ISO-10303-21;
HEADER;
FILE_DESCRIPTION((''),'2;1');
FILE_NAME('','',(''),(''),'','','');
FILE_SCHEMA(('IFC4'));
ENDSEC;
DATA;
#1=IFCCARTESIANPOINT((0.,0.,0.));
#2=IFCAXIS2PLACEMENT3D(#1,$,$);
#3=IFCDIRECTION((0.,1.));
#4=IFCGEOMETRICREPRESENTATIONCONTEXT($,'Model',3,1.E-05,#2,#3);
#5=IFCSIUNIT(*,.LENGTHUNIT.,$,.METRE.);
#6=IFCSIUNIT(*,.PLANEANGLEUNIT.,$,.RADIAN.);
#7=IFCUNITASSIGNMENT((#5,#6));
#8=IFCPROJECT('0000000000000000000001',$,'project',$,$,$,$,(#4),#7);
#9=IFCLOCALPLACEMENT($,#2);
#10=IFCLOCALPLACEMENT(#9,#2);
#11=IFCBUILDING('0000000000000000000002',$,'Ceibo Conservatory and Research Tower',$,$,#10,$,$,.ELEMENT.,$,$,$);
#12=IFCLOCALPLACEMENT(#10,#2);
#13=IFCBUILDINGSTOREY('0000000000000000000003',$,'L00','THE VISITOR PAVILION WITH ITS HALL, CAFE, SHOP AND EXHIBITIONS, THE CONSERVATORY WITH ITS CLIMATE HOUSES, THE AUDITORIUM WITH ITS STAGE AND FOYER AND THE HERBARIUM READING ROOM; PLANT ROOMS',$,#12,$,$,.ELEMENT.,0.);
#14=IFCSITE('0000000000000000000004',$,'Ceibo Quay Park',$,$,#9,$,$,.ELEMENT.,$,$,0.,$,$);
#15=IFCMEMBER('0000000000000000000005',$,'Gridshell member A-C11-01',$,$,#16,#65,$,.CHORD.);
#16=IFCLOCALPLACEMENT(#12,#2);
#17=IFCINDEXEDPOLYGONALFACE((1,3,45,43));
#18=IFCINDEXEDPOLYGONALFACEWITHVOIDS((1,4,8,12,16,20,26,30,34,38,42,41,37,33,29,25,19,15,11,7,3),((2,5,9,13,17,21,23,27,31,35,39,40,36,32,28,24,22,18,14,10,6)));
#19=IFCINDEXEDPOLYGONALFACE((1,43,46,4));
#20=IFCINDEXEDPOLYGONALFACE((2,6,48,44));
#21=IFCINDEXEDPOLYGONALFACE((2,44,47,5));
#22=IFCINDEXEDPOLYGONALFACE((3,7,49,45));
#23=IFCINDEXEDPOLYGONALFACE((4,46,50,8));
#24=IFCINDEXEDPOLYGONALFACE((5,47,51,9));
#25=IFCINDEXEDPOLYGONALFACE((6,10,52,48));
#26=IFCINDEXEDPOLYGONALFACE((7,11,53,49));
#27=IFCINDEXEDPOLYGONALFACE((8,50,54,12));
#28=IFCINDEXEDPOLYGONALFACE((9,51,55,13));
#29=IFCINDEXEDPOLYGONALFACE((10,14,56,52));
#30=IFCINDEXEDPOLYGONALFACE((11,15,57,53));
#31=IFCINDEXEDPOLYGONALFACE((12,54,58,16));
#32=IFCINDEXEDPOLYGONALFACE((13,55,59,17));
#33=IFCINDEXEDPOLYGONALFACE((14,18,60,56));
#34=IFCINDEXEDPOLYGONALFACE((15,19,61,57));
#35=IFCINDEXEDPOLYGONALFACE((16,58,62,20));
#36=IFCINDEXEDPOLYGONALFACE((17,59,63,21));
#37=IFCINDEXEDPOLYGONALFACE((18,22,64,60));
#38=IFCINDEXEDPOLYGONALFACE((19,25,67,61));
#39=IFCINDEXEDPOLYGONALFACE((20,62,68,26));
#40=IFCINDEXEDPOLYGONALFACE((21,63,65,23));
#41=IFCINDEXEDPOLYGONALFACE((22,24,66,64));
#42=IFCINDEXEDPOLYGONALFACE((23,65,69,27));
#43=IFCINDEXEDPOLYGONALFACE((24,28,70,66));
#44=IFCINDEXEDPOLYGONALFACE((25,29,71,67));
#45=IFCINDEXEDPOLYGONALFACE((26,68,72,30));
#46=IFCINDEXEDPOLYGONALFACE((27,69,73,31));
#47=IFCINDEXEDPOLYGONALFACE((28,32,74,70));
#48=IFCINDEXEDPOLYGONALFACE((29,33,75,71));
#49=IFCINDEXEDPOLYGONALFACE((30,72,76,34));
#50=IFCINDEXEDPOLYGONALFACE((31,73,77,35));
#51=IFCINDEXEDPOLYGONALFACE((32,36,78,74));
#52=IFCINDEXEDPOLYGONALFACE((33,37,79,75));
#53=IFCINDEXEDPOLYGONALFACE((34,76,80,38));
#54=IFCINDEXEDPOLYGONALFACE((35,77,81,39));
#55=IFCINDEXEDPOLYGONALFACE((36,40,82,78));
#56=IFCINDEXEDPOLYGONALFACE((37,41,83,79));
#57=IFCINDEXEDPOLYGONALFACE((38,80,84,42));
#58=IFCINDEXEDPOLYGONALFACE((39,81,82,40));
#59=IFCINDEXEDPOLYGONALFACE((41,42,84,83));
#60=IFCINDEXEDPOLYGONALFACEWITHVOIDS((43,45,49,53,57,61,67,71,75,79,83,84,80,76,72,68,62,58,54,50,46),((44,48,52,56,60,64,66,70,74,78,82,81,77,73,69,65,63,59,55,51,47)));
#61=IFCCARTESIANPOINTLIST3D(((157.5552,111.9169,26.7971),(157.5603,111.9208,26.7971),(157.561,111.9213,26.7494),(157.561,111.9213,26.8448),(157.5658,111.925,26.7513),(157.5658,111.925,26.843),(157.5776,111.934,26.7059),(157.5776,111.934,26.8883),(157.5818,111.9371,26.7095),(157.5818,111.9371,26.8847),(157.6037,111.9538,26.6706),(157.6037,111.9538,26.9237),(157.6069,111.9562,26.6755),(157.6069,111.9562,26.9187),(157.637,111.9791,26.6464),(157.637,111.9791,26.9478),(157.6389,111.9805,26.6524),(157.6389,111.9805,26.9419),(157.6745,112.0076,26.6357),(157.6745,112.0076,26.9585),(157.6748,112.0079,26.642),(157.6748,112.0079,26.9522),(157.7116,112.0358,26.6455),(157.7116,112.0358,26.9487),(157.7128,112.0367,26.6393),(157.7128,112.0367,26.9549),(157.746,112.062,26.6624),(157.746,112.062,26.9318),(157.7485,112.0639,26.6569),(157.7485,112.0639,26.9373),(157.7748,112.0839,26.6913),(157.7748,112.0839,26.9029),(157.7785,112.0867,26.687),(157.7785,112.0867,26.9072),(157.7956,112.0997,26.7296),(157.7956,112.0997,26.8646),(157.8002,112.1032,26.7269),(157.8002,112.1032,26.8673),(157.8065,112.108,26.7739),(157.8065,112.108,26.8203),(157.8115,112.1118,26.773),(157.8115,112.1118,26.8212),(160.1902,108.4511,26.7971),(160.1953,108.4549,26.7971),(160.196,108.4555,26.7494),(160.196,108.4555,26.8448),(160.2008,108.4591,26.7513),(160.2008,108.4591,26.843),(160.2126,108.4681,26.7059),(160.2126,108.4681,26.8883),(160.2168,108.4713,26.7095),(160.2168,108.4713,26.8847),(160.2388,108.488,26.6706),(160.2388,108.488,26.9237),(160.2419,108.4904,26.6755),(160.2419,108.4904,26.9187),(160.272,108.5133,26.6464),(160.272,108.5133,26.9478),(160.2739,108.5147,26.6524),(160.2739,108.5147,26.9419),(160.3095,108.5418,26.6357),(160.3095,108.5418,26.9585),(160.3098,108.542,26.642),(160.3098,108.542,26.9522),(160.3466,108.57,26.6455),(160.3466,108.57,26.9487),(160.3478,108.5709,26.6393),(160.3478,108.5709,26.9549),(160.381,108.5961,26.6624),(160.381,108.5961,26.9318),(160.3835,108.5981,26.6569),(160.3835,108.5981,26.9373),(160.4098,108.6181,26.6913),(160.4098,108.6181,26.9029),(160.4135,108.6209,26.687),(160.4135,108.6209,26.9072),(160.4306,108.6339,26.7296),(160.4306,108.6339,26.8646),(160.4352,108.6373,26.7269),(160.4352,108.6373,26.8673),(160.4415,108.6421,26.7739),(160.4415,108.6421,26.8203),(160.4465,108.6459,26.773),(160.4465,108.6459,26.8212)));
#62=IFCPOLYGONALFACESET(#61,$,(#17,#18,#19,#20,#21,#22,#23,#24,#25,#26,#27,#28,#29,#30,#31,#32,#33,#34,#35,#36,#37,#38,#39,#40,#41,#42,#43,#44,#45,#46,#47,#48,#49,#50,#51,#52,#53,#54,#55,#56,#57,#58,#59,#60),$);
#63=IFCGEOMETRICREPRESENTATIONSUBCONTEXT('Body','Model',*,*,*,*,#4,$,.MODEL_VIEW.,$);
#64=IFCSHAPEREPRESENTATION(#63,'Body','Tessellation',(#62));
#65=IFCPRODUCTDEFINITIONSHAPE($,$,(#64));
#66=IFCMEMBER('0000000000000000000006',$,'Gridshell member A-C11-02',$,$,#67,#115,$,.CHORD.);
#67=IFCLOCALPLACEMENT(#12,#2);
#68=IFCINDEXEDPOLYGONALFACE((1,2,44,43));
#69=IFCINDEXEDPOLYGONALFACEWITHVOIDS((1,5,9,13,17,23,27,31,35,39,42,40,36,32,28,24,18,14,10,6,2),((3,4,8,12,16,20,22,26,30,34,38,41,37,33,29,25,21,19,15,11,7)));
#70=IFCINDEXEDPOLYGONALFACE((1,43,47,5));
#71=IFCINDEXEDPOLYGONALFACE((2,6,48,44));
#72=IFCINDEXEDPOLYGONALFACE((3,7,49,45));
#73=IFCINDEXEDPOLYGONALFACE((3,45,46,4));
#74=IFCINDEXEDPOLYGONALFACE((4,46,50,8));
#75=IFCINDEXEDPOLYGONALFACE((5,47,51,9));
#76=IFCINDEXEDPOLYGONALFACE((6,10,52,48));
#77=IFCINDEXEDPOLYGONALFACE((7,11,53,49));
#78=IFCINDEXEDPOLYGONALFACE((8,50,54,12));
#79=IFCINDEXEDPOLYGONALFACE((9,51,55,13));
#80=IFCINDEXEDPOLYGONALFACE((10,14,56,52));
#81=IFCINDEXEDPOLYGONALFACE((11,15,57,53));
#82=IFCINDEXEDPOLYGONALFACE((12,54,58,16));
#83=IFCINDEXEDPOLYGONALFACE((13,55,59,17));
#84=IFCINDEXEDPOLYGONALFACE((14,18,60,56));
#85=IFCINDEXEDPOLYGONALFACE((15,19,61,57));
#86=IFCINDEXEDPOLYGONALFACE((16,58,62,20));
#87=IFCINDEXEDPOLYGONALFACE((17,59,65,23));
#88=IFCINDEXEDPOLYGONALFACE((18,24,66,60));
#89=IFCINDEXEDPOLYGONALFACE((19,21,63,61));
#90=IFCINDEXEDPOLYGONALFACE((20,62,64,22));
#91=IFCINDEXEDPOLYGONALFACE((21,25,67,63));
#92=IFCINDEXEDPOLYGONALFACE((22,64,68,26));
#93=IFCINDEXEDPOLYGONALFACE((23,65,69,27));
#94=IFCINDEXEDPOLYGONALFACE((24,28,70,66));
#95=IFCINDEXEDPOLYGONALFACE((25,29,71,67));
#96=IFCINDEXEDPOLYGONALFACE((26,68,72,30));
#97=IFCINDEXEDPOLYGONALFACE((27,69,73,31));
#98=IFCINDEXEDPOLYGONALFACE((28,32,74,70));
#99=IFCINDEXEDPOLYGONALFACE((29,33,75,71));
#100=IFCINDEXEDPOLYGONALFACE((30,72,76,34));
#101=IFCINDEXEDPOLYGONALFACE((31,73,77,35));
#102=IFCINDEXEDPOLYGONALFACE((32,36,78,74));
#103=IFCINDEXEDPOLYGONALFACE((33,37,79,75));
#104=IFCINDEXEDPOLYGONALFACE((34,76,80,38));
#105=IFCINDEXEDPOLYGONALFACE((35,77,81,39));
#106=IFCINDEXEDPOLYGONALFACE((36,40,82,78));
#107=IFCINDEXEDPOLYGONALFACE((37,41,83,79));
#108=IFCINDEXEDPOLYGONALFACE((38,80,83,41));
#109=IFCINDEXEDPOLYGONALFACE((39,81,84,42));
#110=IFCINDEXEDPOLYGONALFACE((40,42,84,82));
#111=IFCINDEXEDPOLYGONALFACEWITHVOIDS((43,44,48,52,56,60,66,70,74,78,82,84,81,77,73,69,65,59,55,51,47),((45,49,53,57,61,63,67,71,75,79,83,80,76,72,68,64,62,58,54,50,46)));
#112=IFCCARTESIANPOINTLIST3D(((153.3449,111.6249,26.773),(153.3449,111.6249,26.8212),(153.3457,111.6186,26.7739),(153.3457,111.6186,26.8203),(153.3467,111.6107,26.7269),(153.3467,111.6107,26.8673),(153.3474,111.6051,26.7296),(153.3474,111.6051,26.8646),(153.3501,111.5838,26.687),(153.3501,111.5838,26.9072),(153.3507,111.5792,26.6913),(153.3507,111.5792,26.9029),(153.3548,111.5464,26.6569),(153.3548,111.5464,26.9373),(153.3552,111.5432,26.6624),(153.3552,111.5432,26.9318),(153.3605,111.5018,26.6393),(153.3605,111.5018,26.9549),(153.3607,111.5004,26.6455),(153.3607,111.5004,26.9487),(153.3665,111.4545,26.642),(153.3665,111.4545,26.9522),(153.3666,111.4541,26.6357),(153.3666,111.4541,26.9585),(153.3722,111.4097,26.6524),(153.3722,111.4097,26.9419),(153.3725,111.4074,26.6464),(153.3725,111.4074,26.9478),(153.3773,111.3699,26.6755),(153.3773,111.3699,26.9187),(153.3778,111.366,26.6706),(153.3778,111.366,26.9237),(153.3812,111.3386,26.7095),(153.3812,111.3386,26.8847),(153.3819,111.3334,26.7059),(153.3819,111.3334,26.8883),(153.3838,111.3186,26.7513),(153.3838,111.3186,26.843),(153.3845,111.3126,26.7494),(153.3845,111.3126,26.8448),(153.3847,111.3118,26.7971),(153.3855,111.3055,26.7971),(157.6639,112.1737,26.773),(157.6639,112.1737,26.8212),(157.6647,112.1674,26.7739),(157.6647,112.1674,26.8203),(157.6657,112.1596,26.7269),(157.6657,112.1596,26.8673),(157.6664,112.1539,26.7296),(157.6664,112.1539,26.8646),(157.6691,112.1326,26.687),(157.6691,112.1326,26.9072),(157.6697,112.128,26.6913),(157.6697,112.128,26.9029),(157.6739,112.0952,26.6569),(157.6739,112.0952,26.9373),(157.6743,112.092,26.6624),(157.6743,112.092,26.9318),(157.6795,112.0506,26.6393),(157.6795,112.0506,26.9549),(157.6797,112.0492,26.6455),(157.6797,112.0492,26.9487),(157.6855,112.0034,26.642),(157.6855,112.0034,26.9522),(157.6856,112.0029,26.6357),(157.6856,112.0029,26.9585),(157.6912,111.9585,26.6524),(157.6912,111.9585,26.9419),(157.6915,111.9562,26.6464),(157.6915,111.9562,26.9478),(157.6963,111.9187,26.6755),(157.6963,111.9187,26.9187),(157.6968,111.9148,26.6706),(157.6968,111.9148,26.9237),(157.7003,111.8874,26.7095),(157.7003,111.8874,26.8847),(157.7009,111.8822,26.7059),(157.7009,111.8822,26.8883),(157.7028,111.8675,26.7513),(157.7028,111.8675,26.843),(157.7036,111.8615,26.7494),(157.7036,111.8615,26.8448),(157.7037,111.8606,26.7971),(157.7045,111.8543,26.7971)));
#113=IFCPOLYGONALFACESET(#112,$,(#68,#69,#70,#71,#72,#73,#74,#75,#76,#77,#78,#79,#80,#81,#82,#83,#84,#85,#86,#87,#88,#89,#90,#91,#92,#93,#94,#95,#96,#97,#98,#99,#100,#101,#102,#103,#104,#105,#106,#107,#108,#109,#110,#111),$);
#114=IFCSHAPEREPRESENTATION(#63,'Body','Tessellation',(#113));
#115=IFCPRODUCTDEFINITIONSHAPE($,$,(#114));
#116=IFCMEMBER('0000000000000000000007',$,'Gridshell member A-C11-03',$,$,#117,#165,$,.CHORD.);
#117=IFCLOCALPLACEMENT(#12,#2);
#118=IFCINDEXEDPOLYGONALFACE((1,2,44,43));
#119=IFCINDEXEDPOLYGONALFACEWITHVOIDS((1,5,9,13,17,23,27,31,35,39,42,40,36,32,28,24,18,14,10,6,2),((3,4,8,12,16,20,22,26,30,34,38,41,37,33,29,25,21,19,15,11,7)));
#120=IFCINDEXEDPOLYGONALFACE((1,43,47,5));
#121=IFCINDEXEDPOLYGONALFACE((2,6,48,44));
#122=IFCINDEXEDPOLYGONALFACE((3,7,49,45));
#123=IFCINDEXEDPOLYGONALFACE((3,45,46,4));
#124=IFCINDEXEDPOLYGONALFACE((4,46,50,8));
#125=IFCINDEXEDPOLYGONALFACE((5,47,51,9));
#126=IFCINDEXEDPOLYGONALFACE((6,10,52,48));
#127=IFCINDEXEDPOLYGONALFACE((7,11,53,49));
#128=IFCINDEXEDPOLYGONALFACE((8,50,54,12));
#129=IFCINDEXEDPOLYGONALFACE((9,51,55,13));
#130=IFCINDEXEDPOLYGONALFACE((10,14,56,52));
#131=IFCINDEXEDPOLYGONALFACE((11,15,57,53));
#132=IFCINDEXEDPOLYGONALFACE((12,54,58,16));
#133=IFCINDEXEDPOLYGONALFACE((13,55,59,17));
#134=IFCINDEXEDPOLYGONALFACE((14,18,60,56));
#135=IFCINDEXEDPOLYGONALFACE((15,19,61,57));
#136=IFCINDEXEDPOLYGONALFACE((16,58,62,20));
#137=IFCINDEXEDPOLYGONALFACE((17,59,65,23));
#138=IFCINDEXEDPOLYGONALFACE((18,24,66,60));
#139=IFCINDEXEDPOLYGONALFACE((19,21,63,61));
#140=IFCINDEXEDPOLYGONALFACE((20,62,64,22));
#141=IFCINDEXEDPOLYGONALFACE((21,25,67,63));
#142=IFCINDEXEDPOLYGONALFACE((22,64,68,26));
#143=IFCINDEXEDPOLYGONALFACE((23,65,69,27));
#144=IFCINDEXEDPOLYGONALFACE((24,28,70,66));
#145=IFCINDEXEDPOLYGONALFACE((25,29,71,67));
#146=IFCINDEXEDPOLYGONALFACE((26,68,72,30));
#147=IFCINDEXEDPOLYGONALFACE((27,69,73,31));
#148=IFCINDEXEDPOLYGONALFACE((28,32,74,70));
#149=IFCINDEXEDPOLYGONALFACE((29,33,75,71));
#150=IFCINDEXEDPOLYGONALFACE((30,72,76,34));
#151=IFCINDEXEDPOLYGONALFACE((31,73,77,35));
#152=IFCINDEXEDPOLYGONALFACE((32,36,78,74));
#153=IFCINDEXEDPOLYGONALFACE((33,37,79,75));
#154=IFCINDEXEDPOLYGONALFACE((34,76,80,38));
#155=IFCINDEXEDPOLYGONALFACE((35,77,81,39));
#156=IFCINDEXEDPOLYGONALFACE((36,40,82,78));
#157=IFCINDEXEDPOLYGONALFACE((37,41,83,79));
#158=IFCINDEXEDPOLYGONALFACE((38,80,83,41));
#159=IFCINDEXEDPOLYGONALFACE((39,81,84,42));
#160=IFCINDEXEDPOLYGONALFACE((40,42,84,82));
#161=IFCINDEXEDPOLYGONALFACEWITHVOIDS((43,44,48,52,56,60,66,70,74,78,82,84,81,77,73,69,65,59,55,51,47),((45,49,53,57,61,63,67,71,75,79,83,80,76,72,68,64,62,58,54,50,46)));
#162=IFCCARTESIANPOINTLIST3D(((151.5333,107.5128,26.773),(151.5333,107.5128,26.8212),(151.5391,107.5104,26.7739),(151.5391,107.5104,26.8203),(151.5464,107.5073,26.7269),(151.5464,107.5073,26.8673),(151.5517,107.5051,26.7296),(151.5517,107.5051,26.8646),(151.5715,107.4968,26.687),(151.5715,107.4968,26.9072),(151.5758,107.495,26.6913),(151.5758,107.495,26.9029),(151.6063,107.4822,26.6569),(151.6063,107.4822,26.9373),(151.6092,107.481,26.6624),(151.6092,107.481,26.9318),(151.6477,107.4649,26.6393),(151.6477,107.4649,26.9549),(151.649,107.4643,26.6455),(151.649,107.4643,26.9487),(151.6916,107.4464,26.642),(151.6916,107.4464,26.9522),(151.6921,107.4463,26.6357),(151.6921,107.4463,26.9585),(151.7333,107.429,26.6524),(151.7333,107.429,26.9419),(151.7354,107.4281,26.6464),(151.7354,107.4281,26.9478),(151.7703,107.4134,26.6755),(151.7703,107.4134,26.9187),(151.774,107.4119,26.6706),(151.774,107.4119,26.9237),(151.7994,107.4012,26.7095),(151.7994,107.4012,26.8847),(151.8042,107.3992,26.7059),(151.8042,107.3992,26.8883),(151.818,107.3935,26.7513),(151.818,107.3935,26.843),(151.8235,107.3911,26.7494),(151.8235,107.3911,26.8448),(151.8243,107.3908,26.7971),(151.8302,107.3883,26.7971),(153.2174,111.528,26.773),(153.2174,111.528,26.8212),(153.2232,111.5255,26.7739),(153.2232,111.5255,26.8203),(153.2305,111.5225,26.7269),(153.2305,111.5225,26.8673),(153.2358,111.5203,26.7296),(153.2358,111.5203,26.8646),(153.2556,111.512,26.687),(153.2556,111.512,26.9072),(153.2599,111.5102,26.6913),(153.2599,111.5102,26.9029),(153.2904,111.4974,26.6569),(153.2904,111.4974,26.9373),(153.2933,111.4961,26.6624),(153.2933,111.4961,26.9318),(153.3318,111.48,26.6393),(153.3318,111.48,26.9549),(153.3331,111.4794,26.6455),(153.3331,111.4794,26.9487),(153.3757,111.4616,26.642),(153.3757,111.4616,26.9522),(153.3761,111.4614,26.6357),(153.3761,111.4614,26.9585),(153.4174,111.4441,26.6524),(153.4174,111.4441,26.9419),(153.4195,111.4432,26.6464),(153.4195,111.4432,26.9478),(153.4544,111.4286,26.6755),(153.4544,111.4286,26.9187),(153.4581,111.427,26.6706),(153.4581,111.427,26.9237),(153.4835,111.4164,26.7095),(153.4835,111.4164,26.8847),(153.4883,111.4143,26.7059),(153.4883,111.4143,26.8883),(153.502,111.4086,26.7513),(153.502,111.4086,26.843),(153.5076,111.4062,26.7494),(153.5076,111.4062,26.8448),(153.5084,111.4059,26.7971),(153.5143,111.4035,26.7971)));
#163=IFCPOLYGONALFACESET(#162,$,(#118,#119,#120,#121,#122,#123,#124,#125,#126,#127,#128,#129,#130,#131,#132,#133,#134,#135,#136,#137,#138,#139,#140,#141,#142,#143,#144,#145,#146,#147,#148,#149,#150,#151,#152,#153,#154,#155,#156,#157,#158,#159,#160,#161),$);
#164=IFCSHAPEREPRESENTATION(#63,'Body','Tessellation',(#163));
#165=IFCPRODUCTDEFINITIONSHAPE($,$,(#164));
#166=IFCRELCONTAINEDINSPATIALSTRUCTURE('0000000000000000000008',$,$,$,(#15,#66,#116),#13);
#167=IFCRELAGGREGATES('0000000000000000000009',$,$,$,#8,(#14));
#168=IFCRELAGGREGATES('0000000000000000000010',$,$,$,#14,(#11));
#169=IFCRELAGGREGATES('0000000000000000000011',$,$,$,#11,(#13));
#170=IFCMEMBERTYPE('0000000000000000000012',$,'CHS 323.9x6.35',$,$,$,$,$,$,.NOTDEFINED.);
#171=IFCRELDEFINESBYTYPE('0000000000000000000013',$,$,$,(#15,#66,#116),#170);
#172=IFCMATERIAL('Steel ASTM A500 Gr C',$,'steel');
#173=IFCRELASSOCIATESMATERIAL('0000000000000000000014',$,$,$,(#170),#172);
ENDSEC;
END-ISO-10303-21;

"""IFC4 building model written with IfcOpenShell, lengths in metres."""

from ifc_helpers import new_model, si_unit, direction, frame, origin, origin_2d, place, context, subcontext, project, spatial, hollow_circle, extrude, material, material_profile, profile_set, type_object, element, save


model = new_model("IFC4")

# Units and contexts
model_context = context("Model", 3, precision=1e-05, world=origin(), true_north=direction((0.0, 1.0)))
body_context = subcontext(model_context, "Body", "Model", "MODEL_VIEW")
ifc_project = project(units=[si_unit("LENGTHUNIT", "METRE"), si_unit("PLANEANGLEUNIT", "RADIAN")], contexts=[model_context])

# Site, building, storey
site_placement = place(None, origin())
site = spatial("IfcSite", under=ifc_project, at=site_placement, Name="Ceibo Quay Park", CompositionType="ELEMENT", RefElevation=0.0)
building_placement = place(site_placement, origin())
building = spatial("IfcBuilding", under=site, at=building_placement, Name="Ceibo Conservatory and Research Tower", CompositionType="ELEMENT")
storey_placement = place(building_placement, origin())
storey = spatial("IfcBuildingStorey", under=building, at=storey_placement, Name="L00", Description="THE VISITOR PAVILION WITH ITS HALL, CAFE, SHOP AND EXHIBITIONS, THE CONSERVATORY WITH ITS CLIMATE HOUSES, THE AUDITORIUM WITH ITS STAGE AND FOYER AND THE HERBARIUM READING ROOM; PLANT ROOMS", CompositionType="ELEMENT", Elevation=0.0)

# Members
ifc_material_1 = material(Name="Steel ASTM A500 Gr C", Category="steel")
ifc_material_profile_1 = material_profile(ifc_material_1, hollow_circle(Radius=0.1619, WallThickness=0.0063, at=origin_2d()), Name="CHS 323.9x6.35")
ifc_profile_set_1 = profile_set([ifc_material_profile_1], Name="Steel ASTM A500 Gr C")
member_type_1 = type_object("IfcMemberType", Name="CHS 323.9x6.35", PredefinedType="NOTDEFINED", material=ifc_profile_set_1)
for number, where, z_axis, x_axis, name in (
    (1, (160.3191, 108.5491, 26.7971), (-0.605227, 0.796053, 0.0), (-0.796053, -0.605227, 0.0), "Gridshell member A-C11-01"),
    (2, (157.6841, 112.0149, 26.7971), (-0.992023, -0.126057, 0.0), (0.126057, -0.992023, 0.0), "Gridshell member A-C11-02"),
):
    element("IfcMember", number, at=place(storey_placement, frame(where, z_axis=z_axis, x_axis=x_axis)), inside=storey, type_object=member_type_1, Name=name, PredefinedType="CHORD", context=body_context, shape_type="SweptSolid", body=[
        extrude(hollow_circle(Radius=0.1619, WallThickness=0.0063, at=origin_2d()), origin(), (0.0, 0.0, 1.0), 4.3538),
    ])
member_1_placement = place(storey_placement, frame((153.365, 111.4661, 26.7971), z_axis=(-0.386788, -0.922169, 0.0), x_axis=(0.922169, -0.386788, 0.0)))
element("IfcMember", 3, at=member_1_placement, inside=storey, type_object=member_type_1, Name="Gridshell member A-C11-03", PredefinedType="CHORD", context=body_context, shape_type="SweptSolid", body=[
    extrude(hollow_circle(Radius=0.1619, WallThickness=0.0063, at=origin_2d()), origin(), (0.0, 0.0, 1.0), 4.354),
])

save(model, "model.ifc")
